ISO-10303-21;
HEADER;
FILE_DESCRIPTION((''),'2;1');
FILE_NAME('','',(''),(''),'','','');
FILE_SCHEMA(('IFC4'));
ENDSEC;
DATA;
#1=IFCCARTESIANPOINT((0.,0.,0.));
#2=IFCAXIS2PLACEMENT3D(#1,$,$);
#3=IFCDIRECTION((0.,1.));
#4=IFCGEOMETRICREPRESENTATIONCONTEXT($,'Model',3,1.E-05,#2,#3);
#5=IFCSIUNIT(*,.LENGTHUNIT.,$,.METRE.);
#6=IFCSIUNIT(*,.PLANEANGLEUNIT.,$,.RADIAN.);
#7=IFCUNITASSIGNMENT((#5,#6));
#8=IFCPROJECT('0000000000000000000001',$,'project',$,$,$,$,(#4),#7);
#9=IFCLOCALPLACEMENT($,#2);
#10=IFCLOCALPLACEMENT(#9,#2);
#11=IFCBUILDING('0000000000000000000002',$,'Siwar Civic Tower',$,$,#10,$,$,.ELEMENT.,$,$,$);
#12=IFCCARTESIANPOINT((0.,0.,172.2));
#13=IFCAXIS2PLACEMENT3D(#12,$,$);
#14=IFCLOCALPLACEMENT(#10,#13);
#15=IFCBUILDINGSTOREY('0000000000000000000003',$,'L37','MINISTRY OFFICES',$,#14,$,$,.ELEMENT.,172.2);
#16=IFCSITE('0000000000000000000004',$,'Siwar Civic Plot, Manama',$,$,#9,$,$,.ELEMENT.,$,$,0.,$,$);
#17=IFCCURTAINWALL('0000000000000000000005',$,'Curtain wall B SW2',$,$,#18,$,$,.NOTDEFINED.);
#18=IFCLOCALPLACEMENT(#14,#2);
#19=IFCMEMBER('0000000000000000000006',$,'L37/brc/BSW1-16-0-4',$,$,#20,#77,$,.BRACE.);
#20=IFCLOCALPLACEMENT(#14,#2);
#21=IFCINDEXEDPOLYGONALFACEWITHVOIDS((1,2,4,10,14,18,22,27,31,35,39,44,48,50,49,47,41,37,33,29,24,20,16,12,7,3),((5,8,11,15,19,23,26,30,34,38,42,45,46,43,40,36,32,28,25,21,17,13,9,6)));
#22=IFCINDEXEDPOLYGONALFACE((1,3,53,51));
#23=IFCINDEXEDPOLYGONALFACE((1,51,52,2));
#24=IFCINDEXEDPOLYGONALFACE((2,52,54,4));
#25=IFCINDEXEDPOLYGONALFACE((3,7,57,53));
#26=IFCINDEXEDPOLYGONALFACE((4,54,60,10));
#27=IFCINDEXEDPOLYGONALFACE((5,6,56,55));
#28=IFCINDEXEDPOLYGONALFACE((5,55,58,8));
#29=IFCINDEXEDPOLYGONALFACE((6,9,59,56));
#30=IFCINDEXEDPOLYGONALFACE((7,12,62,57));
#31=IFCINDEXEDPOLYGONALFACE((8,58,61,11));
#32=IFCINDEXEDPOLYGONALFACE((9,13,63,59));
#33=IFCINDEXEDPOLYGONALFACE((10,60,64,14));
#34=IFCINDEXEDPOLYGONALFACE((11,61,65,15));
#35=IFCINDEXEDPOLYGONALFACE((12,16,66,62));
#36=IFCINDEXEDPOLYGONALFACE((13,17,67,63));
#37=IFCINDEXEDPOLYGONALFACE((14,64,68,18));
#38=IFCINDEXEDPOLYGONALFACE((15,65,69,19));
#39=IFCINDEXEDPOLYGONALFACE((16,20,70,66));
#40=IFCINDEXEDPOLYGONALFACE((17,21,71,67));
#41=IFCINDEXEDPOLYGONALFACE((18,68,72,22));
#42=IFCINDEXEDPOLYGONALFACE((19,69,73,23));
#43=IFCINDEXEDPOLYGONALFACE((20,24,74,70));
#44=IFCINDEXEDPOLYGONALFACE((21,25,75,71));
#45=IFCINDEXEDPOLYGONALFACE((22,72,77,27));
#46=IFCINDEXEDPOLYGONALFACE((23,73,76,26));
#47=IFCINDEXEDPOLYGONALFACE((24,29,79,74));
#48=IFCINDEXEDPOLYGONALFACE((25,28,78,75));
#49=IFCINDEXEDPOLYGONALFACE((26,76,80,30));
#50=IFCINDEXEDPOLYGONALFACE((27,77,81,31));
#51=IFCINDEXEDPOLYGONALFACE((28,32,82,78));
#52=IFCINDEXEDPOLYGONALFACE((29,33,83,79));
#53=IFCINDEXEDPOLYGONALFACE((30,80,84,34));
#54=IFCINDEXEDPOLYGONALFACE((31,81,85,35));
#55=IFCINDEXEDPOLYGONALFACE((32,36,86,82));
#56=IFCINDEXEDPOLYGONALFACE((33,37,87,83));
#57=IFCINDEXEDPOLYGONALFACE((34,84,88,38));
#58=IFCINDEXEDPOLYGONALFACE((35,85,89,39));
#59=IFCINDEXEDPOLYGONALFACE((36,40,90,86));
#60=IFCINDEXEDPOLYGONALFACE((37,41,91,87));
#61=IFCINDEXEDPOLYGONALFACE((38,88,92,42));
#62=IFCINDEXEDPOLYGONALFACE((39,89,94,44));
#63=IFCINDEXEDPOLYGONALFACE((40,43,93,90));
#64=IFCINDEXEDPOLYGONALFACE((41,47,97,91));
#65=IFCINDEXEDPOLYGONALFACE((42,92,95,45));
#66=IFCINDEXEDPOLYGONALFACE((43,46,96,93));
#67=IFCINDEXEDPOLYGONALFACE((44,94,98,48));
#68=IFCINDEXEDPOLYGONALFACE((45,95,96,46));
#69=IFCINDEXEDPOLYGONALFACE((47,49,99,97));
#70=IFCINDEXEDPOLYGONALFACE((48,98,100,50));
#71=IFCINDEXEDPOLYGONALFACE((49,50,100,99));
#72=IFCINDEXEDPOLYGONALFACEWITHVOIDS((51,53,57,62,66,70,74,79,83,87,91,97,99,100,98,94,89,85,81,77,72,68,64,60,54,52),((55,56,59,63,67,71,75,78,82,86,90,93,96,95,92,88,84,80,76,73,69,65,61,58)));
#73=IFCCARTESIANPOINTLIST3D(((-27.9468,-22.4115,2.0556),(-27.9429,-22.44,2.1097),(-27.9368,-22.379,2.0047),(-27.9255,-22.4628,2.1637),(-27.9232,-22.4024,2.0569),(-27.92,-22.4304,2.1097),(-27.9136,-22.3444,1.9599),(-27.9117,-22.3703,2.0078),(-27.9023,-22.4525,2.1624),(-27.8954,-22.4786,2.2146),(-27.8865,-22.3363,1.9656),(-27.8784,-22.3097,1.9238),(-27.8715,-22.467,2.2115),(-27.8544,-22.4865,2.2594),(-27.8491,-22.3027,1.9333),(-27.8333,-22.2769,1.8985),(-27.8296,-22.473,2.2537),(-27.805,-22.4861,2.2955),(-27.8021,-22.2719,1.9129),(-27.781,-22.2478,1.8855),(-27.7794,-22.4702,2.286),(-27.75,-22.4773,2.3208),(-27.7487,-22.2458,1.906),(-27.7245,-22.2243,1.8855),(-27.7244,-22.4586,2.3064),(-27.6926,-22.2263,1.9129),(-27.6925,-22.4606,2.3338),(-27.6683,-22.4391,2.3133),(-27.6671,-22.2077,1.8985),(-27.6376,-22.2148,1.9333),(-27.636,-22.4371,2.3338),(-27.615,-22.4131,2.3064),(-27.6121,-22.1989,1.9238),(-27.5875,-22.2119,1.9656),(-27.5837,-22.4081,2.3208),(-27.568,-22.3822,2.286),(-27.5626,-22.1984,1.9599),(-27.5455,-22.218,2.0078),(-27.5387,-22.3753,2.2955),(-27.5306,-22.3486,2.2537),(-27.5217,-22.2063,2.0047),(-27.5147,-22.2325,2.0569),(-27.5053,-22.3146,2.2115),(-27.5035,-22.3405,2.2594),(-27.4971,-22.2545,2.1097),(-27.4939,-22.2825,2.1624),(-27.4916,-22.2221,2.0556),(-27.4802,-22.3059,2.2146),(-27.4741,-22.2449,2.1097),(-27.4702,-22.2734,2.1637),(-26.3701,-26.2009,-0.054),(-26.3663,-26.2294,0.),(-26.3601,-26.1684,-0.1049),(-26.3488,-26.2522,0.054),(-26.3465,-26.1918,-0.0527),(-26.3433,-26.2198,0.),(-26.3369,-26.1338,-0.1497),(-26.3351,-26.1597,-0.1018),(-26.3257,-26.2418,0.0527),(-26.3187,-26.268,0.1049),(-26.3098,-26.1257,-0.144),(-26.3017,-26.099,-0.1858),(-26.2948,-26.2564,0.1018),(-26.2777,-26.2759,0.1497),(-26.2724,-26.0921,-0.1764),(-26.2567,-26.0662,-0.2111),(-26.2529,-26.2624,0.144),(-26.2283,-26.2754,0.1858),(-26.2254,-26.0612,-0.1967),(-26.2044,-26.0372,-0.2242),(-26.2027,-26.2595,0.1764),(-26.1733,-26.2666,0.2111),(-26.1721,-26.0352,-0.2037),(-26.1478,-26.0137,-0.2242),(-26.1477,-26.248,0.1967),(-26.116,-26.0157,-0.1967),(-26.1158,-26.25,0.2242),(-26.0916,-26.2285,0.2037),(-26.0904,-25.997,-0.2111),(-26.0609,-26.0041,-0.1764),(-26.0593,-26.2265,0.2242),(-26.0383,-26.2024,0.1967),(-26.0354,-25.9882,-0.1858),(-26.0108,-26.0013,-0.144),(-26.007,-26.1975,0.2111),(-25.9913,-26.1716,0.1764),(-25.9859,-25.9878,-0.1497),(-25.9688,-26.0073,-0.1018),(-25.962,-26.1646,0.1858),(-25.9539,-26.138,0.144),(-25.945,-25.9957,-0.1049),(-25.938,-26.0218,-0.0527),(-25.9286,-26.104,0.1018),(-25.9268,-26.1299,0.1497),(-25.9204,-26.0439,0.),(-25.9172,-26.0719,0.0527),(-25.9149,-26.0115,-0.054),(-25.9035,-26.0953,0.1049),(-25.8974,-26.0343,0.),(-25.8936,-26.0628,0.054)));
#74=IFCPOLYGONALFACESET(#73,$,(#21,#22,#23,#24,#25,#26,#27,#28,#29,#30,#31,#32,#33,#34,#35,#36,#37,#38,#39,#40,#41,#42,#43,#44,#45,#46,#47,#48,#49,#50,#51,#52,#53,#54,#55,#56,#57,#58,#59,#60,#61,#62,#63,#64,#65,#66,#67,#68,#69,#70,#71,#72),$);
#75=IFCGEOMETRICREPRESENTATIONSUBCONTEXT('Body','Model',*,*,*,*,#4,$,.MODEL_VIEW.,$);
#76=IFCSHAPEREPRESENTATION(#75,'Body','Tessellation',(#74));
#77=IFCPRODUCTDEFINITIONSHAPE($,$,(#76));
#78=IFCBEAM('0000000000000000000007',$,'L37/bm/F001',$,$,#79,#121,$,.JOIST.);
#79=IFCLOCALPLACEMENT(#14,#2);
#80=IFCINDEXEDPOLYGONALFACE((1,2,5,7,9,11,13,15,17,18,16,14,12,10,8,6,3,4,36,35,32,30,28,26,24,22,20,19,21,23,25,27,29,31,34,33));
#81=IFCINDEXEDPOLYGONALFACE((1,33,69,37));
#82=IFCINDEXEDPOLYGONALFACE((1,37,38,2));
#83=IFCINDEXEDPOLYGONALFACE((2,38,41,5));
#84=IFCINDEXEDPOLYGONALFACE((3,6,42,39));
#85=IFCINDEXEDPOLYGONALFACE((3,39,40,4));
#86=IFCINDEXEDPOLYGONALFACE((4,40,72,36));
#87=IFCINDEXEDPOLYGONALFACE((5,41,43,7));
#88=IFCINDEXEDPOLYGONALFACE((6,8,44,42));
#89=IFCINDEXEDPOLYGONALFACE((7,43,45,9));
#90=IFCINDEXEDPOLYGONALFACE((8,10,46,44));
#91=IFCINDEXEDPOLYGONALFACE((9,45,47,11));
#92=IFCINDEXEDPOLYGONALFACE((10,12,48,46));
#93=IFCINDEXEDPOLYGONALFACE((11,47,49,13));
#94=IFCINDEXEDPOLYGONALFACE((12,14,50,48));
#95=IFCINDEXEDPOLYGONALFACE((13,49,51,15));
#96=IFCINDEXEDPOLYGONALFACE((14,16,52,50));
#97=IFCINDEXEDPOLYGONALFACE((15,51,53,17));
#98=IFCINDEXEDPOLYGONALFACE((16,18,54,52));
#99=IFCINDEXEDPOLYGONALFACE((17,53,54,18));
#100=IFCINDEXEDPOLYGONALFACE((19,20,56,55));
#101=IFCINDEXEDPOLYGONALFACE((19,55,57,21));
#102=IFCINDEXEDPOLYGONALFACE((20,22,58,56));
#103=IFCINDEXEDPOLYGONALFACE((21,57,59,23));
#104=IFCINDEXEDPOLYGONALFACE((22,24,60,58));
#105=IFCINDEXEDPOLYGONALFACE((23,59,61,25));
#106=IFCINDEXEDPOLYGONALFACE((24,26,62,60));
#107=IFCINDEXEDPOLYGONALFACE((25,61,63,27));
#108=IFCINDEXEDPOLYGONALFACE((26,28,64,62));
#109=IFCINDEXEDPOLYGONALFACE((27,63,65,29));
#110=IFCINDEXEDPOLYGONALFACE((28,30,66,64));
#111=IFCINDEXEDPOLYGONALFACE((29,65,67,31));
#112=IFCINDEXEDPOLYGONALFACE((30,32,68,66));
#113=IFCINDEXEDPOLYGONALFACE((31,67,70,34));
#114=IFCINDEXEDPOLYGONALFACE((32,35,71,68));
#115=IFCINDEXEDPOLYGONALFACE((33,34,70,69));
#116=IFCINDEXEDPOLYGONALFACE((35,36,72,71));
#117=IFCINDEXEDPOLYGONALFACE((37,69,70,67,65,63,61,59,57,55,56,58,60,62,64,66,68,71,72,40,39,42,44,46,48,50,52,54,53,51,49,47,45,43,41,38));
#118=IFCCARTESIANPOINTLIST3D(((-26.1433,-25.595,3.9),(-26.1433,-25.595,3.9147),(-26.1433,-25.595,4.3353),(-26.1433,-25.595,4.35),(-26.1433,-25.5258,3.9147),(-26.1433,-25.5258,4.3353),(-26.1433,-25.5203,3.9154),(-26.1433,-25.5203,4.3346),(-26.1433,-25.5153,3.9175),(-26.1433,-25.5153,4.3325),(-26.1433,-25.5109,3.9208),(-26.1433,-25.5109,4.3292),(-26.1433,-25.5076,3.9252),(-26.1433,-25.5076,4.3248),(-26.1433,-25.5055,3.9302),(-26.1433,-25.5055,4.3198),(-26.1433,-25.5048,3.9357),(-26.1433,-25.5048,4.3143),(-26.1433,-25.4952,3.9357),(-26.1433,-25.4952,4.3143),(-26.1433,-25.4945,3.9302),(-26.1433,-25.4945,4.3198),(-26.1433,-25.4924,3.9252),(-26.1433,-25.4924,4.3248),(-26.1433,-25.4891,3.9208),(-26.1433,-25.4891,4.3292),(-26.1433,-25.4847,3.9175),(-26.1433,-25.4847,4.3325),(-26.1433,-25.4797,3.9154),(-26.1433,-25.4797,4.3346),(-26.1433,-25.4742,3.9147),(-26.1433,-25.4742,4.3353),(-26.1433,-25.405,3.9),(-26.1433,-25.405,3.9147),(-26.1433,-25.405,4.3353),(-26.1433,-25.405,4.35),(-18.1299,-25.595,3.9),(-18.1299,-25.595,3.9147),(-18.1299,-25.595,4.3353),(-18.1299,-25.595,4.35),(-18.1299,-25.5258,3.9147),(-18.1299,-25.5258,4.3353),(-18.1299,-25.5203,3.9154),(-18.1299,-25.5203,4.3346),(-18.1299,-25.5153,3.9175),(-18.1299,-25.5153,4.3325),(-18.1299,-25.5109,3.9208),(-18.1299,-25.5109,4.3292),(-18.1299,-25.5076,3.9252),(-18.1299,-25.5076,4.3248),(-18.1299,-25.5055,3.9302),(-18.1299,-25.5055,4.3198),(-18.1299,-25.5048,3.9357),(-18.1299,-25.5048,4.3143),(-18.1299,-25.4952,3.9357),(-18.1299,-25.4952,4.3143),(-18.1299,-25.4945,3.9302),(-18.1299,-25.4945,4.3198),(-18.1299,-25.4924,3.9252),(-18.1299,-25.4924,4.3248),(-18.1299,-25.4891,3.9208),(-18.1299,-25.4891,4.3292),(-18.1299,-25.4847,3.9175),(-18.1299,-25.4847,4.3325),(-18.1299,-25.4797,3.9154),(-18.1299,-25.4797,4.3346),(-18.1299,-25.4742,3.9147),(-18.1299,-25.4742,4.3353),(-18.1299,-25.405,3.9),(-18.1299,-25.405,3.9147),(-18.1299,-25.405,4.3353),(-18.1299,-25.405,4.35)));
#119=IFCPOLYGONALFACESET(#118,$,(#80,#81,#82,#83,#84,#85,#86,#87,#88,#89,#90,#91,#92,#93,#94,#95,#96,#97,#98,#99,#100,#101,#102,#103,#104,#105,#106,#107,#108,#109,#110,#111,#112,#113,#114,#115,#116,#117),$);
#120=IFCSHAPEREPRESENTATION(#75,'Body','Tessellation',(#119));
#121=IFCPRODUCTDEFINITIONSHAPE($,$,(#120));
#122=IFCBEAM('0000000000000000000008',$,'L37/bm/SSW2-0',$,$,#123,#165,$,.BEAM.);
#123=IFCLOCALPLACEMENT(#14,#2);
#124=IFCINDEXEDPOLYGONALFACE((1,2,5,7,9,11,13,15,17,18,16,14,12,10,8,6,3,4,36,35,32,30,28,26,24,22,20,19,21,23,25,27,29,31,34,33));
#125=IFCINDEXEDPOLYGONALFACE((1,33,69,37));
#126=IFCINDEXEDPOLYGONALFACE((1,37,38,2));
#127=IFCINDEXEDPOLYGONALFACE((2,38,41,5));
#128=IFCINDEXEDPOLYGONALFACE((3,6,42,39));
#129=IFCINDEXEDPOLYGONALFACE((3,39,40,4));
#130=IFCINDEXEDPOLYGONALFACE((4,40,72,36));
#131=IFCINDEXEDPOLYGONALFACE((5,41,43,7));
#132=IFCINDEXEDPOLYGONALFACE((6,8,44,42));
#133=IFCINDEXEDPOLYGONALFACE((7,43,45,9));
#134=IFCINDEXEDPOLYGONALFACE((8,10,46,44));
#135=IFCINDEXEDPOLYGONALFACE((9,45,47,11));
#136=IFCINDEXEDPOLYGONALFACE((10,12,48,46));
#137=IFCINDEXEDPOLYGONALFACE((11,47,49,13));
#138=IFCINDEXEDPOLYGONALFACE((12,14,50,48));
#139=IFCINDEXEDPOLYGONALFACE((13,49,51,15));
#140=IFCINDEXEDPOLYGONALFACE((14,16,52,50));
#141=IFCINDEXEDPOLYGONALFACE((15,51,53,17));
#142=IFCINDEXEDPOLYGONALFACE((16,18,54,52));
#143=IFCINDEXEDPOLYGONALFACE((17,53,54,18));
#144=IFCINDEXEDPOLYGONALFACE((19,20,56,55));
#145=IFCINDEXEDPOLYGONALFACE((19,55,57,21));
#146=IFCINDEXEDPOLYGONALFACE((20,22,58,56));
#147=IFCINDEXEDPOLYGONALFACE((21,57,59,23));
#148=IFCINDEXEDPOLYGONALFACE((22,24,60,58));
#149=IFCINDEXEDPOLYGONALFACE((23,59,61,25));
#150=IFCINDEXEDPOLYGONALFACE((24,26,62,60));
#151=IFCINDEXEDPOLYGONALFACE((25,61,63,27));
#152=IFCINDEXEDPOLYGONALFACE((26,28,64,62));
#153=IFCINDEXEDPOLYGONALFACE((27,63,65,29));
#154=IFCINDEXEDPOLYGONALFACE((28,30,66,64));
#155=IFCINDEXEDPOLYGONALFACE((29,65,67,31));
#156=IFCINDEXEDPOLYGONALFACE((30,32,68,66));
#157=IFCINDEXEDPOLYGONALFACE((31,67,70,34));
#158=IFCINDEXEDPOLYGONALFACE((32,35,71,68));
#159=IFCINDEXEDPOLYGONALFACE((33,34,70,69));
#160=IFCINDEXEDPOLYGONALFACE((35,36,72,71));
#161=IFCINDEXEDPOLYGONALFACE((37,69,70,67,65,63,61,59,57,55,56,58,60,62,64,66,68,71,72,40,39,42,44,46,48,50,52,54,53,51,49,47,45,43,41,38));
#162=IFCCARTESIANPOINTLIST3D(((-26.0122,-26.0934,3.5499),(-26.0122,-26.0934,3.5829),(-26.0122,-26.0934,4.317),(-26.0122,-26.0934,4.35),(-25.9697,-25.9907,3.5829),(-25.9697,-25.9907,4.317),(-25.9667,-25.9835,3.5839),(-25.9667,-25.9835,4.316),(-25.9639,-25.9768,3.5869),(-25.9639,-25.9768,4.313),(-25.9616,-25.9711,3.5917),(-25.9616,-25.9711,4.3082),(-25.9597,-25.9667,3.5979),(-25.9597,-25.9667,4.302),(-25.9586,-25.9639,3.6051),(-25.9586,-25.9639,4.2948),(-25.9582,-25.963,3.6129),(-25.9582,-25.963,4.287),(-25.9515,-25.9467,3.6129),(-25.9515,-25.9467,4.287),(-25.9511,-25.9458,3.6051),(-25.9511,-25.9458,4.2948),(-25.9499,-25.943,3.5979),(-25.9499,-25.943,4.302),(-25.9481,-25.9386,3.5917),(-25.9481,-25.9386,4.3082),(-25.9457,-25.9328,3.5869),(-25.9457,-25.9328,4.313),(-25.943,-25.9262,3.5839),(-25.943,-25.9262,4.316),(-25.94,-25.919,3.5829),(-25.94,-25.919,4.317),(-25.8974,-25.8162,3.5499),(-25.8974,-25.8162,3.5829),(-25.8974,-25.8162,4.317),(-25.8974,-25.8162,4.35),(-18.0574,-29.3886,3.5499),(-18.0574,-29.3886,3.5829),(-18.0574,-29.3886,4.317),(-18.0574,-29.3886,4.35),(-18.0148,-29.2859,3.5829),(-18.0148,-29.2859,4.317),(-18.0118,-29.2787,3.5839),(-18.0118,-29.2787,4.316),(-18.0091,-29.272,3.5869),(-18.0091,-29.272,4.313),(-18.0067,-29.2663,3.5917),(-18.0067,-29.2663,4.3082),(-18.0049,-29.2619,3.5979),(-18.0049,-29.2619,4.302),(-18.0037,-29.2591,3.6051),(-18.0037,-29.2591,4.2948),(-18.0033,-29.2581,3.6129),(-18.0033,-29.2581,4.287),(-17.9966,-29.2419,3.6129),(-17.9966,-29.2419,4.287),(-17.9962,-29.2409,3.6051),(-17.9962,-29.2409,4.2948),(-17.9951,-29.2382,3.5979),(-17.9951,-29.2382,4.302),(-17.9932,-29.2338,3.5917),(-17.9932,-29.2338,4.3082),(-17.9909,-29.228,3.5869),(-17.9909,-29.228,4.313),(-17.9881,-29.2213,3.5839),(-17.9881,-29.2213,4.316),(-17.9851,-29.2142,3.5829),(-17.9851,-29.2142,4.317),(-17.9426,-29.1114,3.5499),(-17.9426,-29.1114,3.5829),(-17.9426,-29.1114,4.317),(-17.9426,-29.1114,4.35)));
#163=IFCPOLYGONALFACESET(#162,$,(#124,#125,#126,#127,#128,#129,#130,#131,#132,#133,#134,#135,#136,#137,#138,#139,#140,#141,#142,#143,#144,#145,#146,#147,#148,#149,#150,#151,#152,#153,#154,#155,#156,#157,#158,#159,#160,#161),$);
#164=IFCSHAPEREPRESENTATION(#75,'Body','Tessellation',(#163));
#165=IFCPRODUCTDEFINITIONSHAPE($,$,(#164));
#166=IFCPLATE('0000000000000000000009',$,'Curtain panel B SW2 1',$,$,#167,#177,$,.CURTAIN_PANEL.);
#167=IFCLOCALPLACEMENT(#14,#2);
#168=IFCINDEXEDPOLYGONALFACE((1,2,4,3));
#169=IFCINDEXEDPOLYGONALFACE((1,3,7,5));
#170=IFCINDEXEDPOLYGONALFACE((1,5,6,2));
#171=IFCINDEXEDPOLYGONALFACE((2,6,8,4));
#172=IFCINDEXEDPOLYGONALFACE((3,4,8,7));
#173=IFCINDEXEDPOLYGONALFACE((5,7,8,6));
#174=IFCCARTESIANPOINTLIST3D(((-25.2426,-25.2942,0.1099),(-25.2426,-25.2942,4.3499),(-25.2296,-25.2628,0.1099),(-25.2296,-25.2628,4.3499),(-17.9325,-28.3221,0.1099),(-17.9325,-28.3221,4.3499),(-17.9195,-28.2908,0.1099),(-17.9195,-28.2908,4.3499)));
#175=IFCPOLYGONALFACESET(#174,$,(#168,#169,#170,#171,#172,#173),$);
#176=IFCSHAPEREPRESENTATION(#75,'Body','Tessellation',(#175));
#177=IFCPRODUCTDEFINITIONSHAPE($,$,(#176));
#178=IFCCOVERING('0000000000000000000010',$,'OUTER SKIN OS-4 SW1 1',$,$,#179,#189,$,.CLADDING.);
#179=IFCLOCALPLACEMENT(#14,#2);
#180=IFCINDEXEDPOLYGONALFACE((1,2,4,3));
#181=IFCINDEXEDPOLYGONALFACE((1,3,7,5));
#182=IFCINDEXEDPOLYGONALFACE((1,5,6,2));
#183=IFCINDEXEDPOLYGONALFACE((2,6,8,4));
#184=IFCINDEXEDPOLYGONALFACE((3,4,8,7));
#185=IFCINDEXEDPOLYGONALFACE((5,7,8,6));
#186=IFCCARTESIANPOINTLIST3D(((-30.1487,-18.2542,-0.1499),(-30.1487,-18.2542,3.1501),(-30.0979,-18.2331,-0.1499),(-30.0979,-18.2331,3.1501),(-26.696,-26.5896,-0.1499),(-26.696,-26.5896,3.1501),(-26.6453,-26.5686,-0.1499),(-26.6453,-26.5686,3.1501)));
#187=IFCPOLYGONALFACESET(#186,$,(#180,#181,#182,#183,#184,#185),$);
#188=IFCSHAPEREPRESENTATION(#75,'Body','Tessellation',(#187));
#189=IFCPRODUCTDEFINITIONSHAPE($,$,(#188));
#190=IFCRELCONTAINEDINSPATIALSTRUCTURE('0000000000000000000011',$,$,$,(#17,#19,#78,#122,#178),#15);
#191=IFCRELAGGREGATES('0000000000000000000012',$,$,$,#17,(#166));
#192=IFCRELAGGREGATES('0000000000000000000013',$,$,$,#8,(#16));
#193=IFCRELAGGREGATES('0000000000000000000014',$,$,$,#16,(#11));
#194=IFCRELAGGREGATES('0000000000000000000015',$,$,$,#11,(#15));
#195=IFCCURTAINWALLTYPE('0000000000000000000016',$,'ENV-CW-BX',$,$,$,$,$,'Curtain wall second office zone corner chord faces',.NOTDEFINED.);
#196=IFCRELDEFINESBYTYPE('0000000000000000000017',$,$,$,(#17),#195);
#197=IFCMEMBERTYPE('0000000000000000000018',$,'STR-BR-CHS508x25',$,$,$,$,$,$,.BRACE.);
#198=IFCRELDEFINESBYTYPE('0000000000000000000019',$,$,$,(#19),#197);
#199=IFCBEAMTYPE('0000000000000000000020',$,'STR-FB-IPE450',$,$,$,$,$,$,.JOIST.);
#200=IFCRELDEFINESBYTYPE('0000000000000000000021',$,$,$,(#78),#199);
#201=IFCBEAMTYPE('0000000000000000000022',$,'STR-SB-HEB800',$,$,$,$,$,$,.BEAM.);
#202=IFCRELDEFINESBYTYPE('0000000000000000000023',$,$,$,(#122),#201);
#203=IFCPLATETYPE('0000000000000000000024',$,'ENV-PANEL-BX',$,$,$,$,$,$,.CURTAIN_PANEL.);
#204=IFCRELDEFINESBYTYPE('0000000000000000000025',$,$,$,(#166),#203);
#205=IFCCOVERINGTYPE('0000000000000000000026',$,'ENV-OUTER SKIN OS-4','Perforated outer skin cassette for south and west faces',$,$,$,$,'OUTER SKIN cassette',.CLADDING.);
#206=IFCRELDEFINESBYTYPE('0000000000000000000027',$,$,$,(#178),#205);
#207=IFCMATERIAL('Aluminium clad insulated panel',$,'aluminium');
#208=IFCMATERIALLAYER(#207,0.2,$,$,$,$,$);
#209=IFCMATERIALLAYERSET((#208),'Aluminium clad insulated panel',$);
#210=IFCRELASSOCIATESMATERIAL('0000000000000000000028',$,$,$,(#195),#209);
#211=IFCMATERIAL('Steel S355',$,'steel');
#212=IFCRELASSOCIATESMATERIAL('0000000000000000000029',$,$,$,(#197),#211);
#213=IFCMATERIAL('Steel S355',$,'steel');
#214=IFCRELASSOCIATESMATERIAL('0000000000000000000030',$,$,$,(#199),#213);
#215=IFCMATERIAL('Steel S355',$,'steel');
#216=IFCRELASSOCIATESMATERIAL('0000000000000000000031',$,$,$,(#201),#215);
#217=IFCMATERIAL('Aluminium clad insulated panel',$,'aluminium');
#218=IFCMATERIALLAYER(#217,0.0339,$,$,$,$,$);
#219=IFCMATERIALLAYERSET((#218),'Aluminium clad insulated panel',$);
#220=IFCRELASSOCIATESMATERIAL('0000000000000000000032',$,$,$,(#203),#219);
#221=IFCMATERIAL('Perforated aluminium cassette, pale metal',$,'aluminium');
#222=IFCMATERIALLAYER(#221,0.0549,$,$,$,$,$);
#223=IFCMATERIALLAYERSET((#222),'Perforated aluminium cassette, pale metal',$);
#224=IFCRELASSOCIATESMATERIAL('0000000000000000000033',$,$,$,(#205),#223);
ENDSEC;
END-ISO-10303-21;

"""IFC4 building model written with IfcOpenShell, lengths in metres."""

from ifc_helpers import new_model, si_unit, direction, frame, origin, origin_2d, place, context, subcontext, project, spatial, rectangle, hollow_circle, i_section, extrude, material, layer, layer_set, material_profile, profile_set, type_object, element, aggregate, save


model = new_model("IFC4")

# Units and contexts
model_context = context("Model", 3, precision=1e-05, world=origin(), true_north=direction((0.0, 1.0)))
body_context = subcontext(model_context, "Body", "Model", "MODEL_VIEW")
ifc_project = project(units=[si_unit("LENGTHUNIT", "METRE"), si_unit("PLANEANGLEUNIT", "RADIAN")], contexts=[model_context])

# Site, building, storey
site_placement = place(None, origin())
site = spatial("IfcSite", under=ifc_project, at=site_placement, Name="Siwar Civic Plot, Manama", CompositionType="ELEMENT", RefElevation=0.0)
building_placement = place(site_placement, origin())
building = spatial("IfcBuilding", under=site, at=building_placement, Name="Siwar Civic Tower", CompositionType="ELEMENT")
storey_placement = place(building_placement, frame((0.0, 0.0, 172.2)))
storey = spatial("IfcBuildingStorey", under=building, at=storey_placement, Name="L37", Description="MINISTRY OFFICES", CompositionType="ELEMENT", Elevation=172.2)

# Curtain wall
ifc_material_1 = material(Name="Aluminium clad insulated panel", Category="aluminium")
ifc_layer_1 = layer(ifc_material_1, 0.2)
ifc_layer_set_1 = layer_set([ifc_layer_1], Name="Aluminium clad insulated panel")
curtain_wall_type = type_object("IfcCurtainWallType", Name="ENV-CW-BX", ElementType="Curtain wall second office zone corner chord faces", PredefinedType="NOTDEFINED", material=ifc_layer_set_1)
curtain_wall_placement = place(storey_placement, origin())
curtain_wall = element("IfcCurtainWall", 1, at=curtain_wall_placement, inside=storey, type_object=curtain_wall_type, Name="Curtain wall B SW2", PredefinedType="NOTDEFINED")

# Member
ifc_material_2 = material(Name="Steel S355", Category="steel")
ifc_material_profile_1 = material_profile(ifc_material_2, hollow_circle(Radius=0.2539, WallThickness=0.0249, at=origin_2d()), Name="CHS508x25")
ifc_profile_set_1 = profile_set([ifc_material_profile_1], Name="Steel S355")
member_type_1 = type_object("IfcMemberType", Name="STR-BR-CHS508x25", PredefinedType="BRACE", material=ifc_profile_set_1)
member_1_placement = place(storey_placement, frame((-26.1318, -26.1318, 0.0), z_axis=(-0.341662, 0.821143, 0.457155), x_axis=(-0.923269, -0.384155, 0.0)))
element("IfcMember", 2, at=member_1_placement, inside=storey, type_object=member_type_1, Name="L37/brc/BSW1-16-0-4", PredefinedType="BRACE", context=body_context, shape_type="SweptSolid", body=[
    extrude(hollow_circle(Radius=0.2539, WallThickness=0.0249, at=origin_2d()), origin(), (0.0, 0.0, 1.0), 4.6147),
])

# Beams
ifc_material_3 = material(Name="Steel S355", Category="steel")
ifc_material_profile_2 = material_profile(ifc_material_3, i_section(OverallWidth=0.1899, OverallDepth=0.45, WebThickness=0.0095, FlangeThickness=0.0146, FilletRadius=0.021, at=origin_2d()), Name="IPE450")
ifc_profile_set_2 = profile_set([ifc_material_profile_2], Name="Steel S355")
beam_type_1 = type_object("IfcBeamType", Name="STR-FB-IPE450", PredefinedType="JOIST", material=ifc_profile_set_2)
beam_1_placement = place(storey_placement, frame((-26.1433, -25.5, 4.125), z_axis=(1.0, 0.0, 0.0), x_axis=(0.0, 1.0, 0.0)))
element("IfcBeam", 3, at=beam_1_placement, inside=storey, type_object=beam_type_1, Name="L37/bm/F001", PredefinedType="JOIST", context=body_context, shape_type="SweptSolid", body=[
    extrude(i_section(OverallWidth=0.1899, OverallDepth=0.45, WebThickness=0.0095, FlangeThickness=0.0146, FilletRadius=0.021, at=origin_2d()), origin(), (0.0, 0.0, 1.0), 8.0134),
])
ifc_material_4 = material(Name="Steel S355", Category="steel")
ifc_material_profile_3 = material_profile(ifc_material_4, i_section(OverallWidth=0.3, OverallDepth=0.8, WebThickness=0.0176, FlangeThickness=0.033, FilletRadius=0.03, at=origin_2d()), Name="HEB800")
ifc_profile_set_3 = profile_set([ifc_material_profile_3], Name="Steel S355")
beam_type_2 = type_object("IfcBeamType", Name="STR-SB-HEB800", PredefinedType="BEAM", material=ifc_profile_set_3)
beam_2_placement = place(storey_placement, frame((-25.9548, -25.9548, 3.95), z_axis=(0.923873, -0.3827, 0.0), x_axis=(0.3827, 0.923873, 0.0)))
element("IfcBeam", 4, at=beam_2_placement, inside=storey, type_object=beam_type_2, Name="L37/bm/SSW2-0", PredefinedType="BEAM", context=body_context, shape_type="SweptSolid", body=[
    extrude(i_section(OverallWidth=0.3, OverallDepth=0.8, WebThickness=0.0176, FlangeThickness=0.033, FilletRadius=0.03, at=origin_2d()), origin(), (0.0, 0.0, 1.0), 8.6104),
])

# Plate
ifc_material_5 = material(Name="Aluminium clad insulated panel", Category="aluminium")
ifc_layer_2 = layer(ifc_material_5, 0.0339)
ifc_layer_set_2 = layer_set([ifc_layer_2], Name="Aluminium clad insulated panel")
plate_type = type_object("IfcPlateType", Name="ENV-PANEL-BX", PredefinedType="CURTAIN_PANEL", material=ifc_layer_set_2)
plate_placement = place(storey_placement, frame((-21.5811, -26.7925, 0.1099), z_axis=(0.0, 0.0, 1.0), x_axis=(0.92388, -0.382683, 0.0)))
plate = element("IfcPlate", 5, at=plate_placement, type_object=plate_type, Name="Curtain panel B SW2 1", PredefinedType="CURTAIN_PANEL", context=body_context, shape_type="SweptSolid", body=[
    extrude(rectangle(XDim=7.9124, YDim=0.0339, at=origin_2d()), origin(), (0.0, 0.0, 1.0), 4.24),
])
aggregate(curtain_wall, [plate])

# Covering
ifc_material_6 = material(Name="Perforated aluminium cassette, pale metal", Category="aluminium")
ifc_layer_3 = layer(ifc_material_6, 0.0549)
ifc_layer_set_3 = layer_set([ifc_layer_3], Name="Perforated aluminium cassette, pale metal")
covering_type = type_object("IfcCoveringType", Name="ENV-OUTER SKIN OS-4", Description="Perforated outer skin cassette for south and west faces", ElementType="OUTER SKIN cassette", PredefinedType="CLADDING", material=ifc_layer_set_3)
for number, where, z_axis, x_axis, name in (
    (6, (-28.397, -22.4114, -0.1499), (0.0, 0.0, 1.0), (0.382683, -0.92388, 0.0), "OUTER SKIN OS-4 SW1 1"),
):
    element("IfcCovering", number, at=place(storey_placement, frame(where, z_axis=z_axis, x_axis=x_axis)), inside=storey, type_object=covering_type, Name=name, PredefinedType="CLADDING", context=body_context, shape_type="SweptSolid", body=[
        extrude(rectangle(XDim=9.0222, YDim=0.0549, at=origin_2d()), origin(), (0.0, 0.0, 1.0), 3.3),
    ])

save(model, "model.ifc")
